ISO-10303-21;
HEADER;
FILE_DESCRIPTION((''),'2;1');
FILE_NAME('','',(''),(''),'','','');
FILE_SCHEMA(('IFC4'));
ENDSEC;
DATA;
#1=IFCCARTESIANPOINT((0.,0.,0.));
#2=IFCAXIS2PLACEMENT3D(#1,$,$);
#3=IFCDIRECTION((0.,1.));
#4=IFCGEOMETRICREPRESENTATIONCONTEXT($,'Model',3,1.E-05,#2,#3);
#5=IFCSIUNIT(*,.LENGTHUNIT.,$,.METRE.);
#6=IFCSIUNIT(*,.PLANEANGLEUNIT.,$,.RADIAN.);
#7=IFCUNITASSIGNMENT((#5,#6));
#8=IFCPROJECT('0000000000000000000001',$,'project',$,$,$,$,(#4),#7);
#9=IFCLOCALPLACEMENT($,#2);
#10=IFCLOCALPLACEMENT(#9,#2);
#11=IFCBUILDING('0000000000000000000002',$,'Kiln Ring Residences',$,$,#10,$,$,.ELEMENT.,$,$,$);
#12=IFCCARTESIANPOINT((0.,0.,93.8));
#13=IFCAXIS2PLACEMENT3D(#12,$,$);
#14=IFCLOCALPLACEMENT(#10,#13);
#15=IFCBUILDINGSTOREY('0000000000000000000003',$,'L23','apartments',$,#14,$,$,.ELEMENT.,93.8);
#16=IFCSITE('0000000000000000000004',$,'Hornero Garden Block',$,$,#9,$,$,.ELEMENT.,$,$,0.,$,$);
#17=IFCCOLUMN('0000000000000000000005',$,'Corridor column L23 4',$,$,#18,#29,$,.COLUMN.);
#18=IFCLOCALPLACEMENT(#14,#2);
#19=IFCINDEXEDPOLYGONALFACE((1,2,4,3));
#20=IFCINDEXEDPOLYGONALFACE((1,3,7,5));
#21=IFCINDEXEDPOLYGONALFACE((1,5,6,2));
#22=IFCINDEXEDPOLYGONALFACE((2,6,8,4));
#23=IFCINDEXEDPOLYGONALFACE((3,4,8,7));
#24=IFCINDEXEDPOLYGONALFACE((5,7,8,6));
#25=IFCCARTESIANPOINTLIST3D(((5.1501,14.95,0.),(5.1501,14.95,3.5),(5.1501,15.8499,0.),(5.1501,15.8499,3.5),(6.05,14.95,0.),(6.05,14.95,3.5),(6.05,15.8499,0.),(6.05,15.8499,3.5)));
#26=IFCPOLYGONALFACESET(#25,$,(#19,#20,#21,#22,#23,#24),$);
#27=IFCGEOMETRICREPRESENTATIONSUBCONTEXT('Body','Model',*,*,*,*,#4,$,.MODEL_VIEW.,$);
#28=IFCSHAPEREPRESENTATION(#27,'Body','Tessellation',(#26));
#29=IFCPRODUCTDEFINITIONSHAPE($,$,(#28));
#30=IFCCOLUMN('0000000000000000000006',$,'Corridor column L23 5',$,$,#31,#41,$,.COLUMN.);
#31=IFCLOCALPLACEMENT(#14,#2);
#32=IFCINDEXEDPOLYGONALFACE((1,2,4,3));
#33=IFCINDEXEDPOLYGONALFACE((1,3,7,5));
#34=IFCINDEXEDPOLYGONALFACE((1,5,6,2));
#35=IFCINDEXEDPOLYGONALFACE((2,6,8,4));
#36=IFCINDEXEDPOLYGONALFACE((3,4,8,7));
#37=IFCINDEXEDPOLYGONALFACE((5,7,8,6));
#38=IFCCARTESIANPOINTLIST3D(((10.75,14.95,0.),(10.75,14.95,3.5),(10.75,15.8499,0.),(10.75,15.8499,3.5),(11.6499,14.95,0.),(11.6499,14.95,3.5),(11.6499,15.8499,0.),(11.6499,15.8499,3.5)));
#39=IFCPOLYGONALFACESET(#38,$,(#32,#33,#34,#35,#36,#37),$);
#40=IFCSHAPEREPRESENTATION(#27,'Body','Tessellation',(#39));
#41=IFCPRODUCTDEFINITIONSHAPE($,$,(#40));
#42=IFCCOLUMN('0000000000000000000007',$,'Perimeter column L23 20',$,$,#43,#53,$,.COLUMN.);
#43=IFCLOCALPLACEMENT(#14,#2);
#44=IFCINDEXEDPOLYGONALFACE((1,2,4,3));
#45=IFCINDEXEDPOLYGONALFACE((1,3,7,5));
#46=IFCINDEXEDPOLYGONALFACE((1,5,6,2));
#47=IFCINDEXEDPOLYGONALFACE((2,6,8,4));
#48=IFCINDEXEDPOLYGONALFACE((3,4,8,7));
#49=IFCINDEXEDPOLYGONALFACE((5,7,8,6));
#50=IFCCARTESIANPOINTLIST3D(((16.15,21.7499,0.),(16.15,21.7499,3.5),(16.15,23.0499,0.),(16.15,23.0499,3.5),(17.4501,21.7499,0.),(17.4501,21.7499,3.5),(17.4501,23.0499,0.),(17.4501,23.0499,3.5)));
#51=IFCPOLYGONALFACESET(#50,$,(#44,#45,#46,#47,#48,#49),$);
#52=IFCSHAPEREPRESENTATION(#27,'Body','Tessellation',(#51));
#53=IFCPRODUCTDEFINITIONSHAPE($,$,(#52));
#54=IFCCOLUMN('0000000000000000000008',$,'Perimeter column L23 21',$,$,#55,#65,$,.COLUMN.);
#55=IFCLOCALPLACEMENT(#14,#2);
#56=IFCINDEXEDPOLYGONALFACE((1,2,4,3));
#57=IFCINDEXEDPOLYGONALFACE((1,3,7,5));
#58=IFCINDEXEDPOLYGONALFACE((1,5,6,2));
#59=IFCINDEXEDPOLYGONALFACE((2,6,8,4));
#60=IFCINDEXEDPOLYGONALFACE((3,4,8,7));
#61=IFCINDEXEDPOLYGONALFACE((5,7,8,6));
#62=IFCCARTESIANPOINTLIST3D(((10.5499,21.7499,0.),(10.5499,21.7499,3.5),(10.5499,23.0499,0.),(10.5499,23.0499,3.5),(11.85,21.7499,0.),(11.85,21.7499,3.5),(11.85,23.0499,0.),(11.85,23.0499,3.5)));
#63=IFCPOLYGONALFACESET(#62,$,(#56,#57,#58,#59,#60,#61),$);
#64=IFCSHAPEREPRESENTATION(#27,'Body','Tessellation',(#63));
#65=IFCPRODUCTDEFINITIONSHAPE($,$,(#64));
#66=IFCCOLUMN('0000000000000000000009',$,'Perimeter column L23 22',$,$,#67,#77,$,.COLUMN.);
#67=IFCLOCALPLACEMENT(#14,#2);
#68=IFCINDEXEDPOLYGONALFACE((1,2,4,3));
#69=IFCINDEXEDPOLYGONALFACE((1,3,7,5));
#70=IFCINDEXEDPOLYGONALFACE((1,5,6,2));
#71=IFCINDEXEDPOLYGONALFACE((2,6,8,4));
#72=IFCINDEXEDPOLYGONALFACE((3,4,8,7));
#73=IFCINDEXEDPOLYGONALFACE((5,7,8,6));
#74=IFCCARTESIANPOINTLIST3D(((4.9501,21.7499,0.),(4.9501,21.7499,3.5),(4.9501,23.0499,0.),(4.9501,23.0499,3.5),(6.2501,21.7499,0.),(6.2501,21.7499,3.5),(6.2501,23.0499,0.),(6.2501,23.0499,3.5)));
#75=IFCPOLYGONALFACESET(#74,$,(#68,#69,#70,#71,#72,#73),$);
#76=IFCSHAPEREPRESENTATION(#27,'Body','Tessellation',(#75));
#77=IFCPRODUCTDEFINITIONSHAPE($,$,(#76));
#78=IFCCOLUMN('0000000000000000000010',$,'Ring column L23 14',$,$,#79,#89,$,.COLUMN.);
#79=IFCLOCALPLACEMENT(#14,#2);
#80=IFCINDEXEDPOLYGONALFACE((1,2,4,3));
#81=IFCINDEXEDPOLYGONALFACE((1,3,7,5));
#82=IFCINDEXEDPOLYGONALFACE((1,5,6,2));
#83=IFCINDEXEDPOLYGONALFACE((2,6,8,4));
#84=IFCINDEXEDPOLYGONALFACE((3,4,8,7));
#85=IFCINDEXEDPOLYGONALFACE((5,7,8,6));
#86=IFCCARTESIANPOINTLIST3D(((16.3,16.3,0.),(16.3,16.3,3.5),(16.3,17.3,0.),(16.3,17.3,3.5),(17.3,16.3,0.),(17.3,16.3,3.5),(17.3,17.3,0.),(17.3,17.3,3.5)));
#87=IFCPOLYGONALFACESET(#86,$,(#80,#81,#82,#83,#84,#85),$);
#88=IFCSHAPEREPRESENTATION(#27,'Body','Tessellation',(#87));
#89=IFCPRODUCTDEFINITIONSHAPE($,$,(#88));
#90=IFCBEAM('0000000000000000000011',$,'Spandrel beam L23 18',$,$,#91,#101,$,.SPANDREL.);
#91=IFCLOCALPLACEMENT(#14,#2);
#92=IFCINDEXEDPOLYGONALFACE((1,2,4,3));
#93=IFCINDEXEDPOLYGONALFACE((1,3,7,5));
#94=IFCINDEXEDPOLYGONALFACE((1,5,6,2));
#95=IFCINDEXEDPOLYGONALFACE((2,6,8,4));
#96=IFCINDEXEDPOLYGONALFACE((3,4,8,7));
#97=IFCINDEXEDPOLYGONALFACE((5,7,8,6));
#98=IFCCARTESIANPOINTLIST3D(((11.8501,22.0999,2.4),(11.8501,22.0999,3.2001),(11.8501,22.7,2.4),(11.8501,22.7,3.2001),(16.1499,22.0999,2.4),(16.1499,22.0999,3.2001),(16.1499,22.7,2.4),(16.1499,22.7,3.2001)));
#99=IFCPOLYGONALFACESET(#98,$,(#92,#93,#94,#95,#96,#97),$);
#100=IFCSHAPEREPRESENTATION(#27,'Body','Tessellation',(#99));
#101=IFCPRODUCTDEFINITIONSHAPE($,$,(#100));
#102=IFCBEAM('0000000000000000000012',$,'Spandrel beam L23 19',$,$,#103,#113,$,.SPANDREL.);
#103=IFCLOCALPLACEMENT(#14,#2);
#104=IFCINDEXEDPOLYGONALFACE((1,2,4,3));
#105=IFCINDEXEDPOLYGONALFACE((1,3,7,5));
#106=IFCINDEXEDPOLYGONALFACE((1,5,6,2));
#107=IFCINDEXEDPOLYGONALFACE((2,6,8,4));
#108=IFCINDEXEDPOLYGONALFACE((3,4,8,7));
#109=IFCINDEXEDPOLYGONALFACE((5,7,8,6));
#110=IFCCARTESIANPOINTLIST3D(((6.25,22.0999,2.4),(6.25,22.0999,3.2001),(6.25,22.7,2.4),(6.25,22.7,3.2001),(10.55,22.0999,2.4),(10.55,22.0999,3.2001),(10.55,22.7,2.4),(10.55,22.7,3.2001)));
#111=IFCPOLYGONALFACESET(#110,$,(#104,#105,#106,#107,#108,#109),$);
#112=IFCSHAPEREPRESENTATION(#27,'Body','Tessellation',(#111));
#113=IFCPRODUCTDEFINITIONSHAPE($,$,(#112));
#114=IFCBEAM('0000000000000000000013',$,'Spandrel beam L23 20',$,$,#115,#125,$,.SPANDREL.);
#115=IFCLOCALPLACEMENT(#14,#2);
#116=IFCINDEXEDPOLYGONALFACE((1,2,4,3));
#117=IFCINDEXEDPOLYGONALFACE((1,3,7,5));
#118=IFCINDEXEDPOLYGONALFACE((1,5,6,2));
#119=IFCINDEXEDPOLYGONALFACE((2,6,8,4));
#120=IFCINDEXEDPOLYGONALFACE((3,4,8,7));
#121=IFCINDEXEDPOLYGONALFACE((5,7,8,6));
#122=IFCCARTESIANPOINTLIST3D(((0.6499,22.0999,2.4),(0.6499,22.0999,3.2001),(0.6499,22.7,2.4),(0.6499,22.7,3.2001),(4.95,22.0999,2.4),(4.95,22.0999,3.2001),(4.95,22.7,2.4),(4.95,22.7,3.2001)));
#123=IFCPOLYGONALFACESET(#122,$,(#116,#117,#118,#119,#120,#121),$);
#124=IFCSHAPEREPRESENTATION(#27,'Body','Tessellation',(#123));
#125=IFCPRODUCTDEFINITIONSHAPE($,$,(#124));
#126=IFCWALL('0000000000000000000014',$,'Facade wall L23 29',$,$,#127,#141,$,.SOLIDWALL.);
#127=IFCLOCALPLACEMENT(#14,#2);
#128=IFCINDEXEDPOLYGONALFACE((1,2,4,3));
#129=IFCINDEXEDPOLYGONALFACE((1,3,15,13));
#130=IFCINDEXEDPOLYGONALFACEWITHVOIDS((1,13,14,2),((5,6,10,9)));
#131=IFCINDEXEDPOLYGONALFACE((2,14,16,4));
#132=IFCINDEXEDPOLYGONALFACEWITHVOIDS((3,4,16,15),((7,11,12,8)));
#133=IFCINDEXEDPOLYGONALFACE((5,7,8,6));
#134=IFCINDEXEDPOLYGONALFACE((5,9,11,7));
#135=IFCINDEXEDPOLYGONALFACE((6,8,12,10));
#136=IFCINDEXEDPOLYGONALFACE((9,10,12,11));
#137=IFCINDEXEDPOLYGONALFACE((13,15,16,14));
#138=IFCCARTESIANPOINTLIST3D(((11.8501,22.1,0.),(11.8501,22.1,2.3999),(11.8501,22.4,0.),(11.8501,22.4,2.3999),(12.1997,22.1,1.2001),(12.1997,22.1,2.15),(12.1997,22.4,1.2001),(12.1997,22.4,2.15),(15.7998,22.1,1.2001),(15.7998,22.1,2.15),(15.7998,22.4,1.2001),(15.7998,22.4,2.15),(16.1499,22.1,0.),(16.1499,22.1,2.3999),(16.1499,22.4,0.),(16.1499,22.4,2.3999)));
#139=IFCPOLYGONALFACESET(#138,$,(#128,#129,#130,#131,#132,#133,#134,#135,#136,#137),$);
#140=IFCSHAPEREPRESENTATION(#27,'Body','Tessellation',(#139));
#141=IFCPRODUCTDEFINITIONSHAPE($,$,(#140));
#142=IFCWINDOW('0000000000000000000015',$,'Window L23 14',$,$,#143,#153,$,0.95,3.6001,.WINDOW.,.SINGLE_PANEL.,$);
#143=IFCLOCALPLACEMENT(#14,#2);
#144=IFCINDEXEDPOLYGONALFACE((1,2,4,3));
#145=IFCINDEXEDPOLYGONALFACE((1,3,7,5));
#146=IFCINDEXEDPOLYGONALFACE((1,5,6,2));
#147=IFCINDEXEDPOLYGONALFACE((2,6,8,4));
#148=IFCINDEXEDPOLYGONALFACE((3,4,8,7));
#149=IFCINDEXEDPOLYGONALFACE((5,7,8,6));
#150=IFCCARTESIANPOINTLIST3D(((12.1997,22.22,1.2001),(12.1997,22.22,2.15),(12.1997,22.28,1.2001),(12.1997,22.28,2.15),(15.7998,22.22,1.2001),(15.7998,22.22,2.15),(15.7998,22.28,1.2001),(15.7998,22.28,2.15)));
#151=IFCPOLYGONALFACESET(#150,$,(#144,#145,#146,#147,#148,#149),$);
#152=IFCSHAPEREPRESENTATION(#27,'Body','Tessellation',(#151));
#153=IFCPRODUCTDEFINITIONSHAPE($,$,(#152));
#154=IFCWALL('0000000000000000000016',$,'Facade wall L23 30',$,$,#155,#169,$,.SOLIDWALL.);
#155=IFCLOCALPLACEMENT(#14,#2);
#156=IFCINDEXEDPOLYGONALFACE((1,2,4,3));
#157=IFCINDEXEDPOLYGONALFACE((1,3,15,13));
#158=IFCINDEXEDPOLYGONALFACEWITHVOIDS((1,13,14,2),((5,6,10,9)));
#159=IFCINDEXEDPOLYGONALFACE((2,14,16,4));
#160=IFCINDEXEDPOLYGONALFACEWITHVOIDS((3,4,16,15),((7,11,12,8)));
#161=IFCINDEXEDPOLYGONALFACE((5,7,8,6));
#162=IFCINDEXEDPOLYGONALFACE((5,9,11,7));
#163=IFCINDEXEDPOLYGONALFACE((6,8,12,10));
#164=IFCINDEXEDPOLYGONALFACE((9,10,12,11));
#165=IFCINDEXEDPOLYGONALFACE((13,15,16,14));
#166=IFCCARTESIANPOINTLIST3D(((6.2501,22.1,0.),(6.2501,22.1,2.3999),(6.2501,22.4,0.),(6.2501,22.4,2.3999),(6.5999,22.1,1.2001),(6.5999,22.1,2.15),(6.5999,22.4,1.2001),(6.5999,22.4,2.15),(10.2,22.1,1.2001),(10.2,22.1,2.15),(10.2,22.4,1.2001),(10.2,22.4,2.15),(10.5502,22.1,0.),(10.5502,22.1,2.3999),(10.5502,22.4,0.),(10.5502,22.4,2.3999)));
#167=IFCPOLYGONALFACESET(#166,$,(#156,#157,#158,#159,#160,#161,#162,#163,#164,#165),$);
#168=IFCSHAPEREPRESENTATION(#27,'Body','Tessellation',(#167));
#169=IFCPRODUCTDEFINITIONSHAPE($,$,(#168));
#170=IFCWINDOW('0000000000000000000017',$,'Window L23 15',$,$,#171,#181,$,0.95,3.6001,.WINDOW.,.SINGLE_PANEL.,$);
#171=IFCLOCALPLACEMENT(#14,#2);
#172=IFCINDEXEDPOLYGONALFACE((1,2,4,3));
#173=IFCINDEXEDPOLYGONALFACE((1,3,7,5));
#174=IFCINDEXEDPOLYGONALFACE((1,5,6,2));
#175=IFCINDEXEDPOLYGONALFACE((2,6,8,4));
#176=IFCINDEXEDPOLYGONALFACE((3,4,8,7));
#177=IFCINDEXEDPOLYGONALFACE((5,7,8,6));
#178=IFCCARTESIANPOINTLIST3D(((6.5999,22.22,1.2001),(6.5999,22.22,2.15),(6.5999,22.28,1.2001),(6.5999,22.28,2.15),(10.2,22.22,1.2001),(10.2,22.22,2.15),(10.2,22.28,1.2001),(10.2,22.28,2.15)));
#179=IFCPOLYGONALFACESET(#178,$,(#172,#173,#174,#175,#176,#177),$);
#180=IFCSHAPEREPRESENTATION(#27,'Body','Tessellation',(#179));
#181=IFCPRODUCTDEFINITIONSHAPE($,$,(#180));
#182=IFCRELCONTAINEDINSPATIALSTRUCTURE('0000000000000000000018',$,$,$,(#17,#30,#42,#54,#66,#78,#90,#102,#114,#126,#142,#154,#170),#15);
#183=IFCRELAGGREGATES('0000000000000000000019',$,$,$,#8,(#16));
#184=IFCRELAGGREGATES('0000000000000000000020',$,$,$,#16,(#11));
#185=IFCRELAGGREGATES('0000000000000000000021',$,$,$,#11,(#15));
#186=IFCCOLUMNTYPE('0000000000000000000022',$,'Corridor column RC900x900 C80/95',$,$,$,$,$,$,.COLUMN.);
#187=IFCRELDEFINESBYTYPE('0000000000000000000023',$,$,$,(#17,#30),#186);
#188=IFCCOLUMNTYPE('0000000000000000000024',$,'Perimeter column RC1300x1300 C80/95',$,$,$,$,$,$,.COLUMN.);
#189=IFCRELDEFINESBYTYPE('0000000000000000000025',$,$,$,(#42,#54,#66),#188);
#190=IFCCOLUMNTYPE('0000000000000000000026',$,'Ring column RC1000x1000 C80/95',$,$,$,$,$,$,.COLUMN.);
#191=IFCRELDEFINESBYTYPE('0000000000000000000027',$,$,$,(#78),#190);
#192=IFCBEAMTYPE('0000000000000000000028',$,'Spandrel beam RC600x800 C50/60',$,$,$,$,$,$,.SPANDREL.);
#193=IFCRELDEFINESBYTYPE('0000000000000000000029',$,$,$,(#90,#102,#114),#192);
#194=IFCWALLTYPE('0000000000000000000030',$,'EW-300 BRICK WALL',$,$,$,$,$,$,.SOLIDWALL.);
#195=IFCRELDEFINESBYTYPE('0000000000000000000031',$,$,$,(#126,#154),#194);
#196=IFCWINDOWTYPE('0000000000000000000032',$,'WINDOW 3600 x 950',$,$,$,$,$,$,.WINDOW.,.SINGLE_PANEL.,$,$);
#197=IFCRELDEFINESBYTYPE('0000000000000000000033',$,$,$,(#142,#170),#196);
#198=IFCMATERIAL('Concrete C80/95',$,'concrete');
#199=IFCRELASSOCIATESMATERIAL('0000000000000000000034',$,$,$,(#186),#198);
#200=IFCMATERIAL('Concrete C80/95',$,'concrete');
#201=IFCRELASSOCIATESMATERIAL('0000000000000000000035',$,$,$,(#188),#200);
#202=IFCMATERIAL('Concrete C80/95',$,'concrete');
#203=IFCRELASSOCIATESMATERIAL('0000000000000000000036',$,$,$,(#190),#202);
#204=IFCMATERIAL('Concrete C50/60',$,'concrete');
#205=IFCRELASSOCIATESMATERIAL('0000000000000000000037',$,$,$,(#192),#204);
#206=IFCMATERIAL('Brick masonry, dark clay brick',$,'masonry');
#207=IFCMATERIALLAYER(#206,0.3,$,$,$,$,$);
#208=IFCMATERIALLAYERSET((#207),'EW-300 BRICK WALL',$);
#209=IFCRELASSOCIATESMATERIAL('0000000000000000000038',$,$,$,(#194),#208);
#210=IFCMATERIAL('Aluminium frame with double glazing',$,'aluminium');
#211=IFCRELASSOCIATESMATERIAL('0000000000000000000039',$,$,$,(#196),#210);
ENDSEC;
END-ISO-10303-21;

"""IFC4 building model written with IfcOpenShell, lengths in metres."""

from ifc_helpers import new_model, si_unit, direction, frame, frame_2d, origin, origin_2d, place, context, subcontext, project, spatial, rectangle, extrude, material, layer, layer_set, material_profile, profile_set, type_object, element, fill, save


model = new_model("IFC4")

# Units and contexts
model_context = context("Model", 3, precision=1e-05, world=origin(), true_north=direction((0.0, 1.0)))
body_context = subcontext(model_context, "Body", "Model", "MODEL_VIEW")
ifc_project = project(units=[si_unit("LENGTHUNIT", "METRE"), si_unit("PLANEANGLEUNIT", "RADIAN")], contexts=[model_context])

# Site, building, storey
site_placement = place(None, origin())
site = spatial("IfcSite", under=ifc_project, at=site_placement, Name="Hornero Garden Block", CompositionType="ELEMENT", RefElevation=0.0)
building_placement = place(site_placement, origin())
building = spatial("IfcBuilding", under=site, at=building_placement, Name="Kiln Ring Residences", CompositionType="ELEMENT")
storey_placement = place(building_placement, frame((0.0, 0.0, 93.8)))
storey = spatial("IfcBuildingStorey", under=building, at=storey_placement, Name="L23", Description="apartments", CompositionType="ELEMENT", Elevation=93.8)

# Columns
ifc_material_1 = material(Name="Concrete C80/95", Category="concrete")
ifc_material_profile_1 = material_profile(ifc_material_1, rectangle(XDim=0.8999, YDim=0.8999, at=origin_2d()), Name="RC900x900")
ifc_profile_set_1 = profile_set([ifc_material_profile_1], Name="Concrete C80/95")
column_type_1 = type_object("IfcColumnType", Name="Corridor column RC900x900 C80/95", PredefinedType="COLUMN", material=ifc_profile_set_1)
for number, where, z_axis, x_axis, name in (
    (1, (5.6001, 15.3999, 0.0), (0.0, 0.0, 1.0), (1.0, 0.0, 0.0), "Corridor column L23 4"),
    (2, (11.2, 15.3999, 0.0), (0.0, 0.0, 1.0), (1.0, 0.0, 0.0), "Corridor column L23 5"),
):
    element("IfcColumn", number, at=place(storey_placement, frame(where, z_axis=z_axis, x_axis=x_axis)), inside=storey, type_object=column_type_1, Name=name, PredefinedType="COLUMN", context=body_context, shape_type="SweptSolid", body=[
        extrude(rectangle(XDim=0.8999, YDim=0.8999, at=origin_2d()), origin(), (0.0, 0.0, 1.0), 3.5),
    ])
ifc_material_2 = material(Name="Concrete C80/95", Category="concrete")
ifc_material_profile_2 = material_profile(ifc_material_2, rectangle(XDim=1.3, YDim=1.3, at=origin_2d()), Name="RC1300x1300")
ifc_profile_set_2 = profile_set([ifc_material_profile_2], Name="Concrete C80/95")
column_type_2 = type_object("IfcColumnType", Name="Perimeter column RC1300x1300 C80/95", PredefinedType="COLUMN", material=ifc_profile_set_2)
for number, where, z_axis, x_axis, name in (
    (3, (16.8, 22.3999, 0.0), (0.0, 0.0, 1.0), (1.0, 0.0, 0.0), "Perimeter column L23 20"),
    (4, (11.2, 22.3999, 0.0), (0.0, 0.0, 1.0), (1.0, 0.0, 0.0), "Perimeter column L23 21"),
    (5, (5.6001, 22.3999, 0.0), (0.0, 0.0, 1.0), (1.0, 0.0, 0.0), "Perimeter column L23 22"),
):
    element("IfcColumn", number, at=place(storey_placement, frame(where, z_axis=z_axis, x_axis=x_axis)), inside=storey, type_object=column_type_2, Name=name, PredefinedType="COLUMN", context=body_context, shape_type="SweptSolid", body=[
        extrude(rectangle(XDim=1.3, YDim=1.3, at=origin_2d()), origin(), (0.0, 0.0, 1.0), 3.5),
    ])
ifc_material_3 = material(Name="Concrete C80/95", Category="concrete")
ifc_material_profile_3 = material_profile(ifc_material_3, rectangle(XDim=1.0, YDim=1.0, at=origin_2d()), Name="RC1000x1000")
ifc_profile_set_3 = profile_set([ifc_material_profile_3], Name="Concrete C80/95")
column_type_3 = type_object("IfcColumnType", Name="Ring column RC1000x1000 C80/95", PredefinedType="COLUMN", material=ifc_profile_set_3)
column_placement = place(storey_placement, frame((16.8, 16.8, 0.0), z_axis=(0.0, 0.0, 1.0), x_axis=(1.0, 0.0, 0.0)))
element("IfcColumn", 6, at=column_placement, inside=storey, type_object=column_type_3, Name="Ring column L23 14", PredefinedType="COLUMN", context=body_context, shape_type="SweptSolid", body=[
    extrude(rectangle(XDim=1.0, YDim=1.0, at=origin_2d()), origin(), (0.0, 0.0, 1.0), 3.5),
])

# Beams
ifc_material_4 = material(Name="Concrete C50/60", Category="concrete")
ifc_material_profile_4 = material_profile(ifc_material_4, rectangle(XDim=0.6001, YDim=0.8, at=origin_2d()), Name="RC600x800")
ifc_profile_set_4 = profile_set([ifc_material_profile_4], Name="Concrete C50/60")
beam_type = type_object("IfcBeamType", Name="Spandrel beam RC600x800 C50/60", PredefinedType="SPANDREL", material=ifc_profile_set_4)
beam_placement = place(storey_placement, frame((16.1499, 22.3999, 2.8), z_axis=(-1.0, 0.0, 0.0), x_axis=(0.0, -1.0, 0.0)))
element("IfcBeam", 7, at=beam_placement, inside=storey, type_object=beam_type, Name="Spandrel beam L23 18", PredefinedType="SPANDREL", context=body_context, shape_type="SweptSolid", body=[
    extrude(rectangle(XDim=0.6001, YDim=0.8, at=origin_2d()), origin(), (0.0, 0.0, 1.0), 4.2998),
])
for number, where, z_axis, x_axis, name in (
    (8, (10.55, 22.3999, 2.8), (-1.0, 0.0, 0.0), (0.0, -1.0, 0.0), "Spandrel beam L23 19"),
    (9, (4.95, 22.3999, 2.8), (-1.0, 0.0, 0.0), (0.0, -1.0, 0.0), "Spandrel beam L23 20"),
):
    element("IfcBeam", number, at=place(storey_placement, frame(where, z_axis=z_axis, x_axis=x_axis)), inside=storey, type_object=beam_type, Name=name, PredefinedType="SPANDREL", context=body_context, shape_type="SweptSolid", body=[
        extrude(rectangle(XDim=0.6001, YDim=0.8, at=origin_2d()), origin(), (0.0, 0.0, 1.0), 4.3),
    ])

# Walls, openings, windows
ifc_material_5 = material(Name="Brick masonry, dark clay brick", Category="masonry")
ifc_layer_1 = layer(ifc_material_5, 0.3)
ifc_layer_set_1 = layer_set([ifc_layer_1], Name="EW-300 BRICK WALL")
wall_type_1 = type_object("IfcWallType", Name="EW-300 BRICK WALL", PredefinedType="SOLIDWALL", material=ifc_layer_set_1)
wall_1_placement = place(storey_placement, frame((16.1499, 22.25, 0.0), z_axis=(0.0, 0.0, 1.0), x_axis=(-1.0, 0.0, 0.0)))
wall_1 = element("IfcWall", 10, at=wall_1_placement, inside=storey, type_object=wall_type_1, Name="Facade wall L23 29", PredefinedType="SOLIDWALL", context=body_context, shape_type="SweptSolid", body=[
    extrude(rectangle(XDim=4.2998, YDim=0.3, at=frame_2d((2.1499, 0.0))), origin(), (0.0, 0.0, 1.0), 2.3999),
])
opening_1_placement = place(wall_1_placement, frame((0.3501, 0.0, 1.2)))
opening_1 = element("IfcOpeningElement", 11, at=opening_1_placement, cuts=wall_1, PredefinedType="OPENING", context=body_context, shape_type="SweptSolid", body=[
    extrude(rectangle(XDim=3.6001, YDim=0.95, at=frame_2d((1.8, 0.4751))), frame((0.0, 0.1599, 0.0), z_axis=(0.0, -1.0, 0.0), x_axis=(1.0, 0.0, 0.0)), (0.0, 0.0, 1.0), 0.3201),
])
ifc_material_6 = material(Name="Aluminium frame with double glazing", Category="aluminium")
window_type = type_object("IfcWindowType", Name="WINDOW 3600 x 950", PartitioningType="SINGLE_PANEL", PredefinedType="WINDOW", material=ifc_material_6)
window_1_placement = place(opening_1_placement, origin())
window_1 = element("IfcWindow", 12, at=window_1_placement, inside=storey, type_object=window_type, Name="Window L23 14", OverallHeight=0.95, OverallWidth=3.6001, PartitioningType="SINGLE_PANEL", PredefinedType="WINDOW", context=body_context, shape_type="SweptSolid", body=[
    extrude(rectangle(XDim=3.6001, YDim=0.95, at=frame_2d((1.8, 0.4751))), frame((0.0, 0.03, 0.0), z_axis=(0.0, -1.0, 0.0), x_axis=(1.0, 0.0, 0.0)), (0.0, 0.0, 1.0), 0.0601),
])
fill(opening_1, window_1)
wall_2_placement = place(storey_placement, frame((10.55, 22.25, 0.0), z_axis=(0.0, 0.0, 1.0), x_axis=(-1.0, 0.0, 0.0)))
wall_2 = element("IfcWall", 13, at=wall_2_placement, inside=storey, type_object=wall_type_1, Name="Facade wall L23 30", PredefinedType="SOLIDWALL", context=body_context, shape_type="SweptSolid", body=[
    extrude(rectangle(XDim=4.3, YDim=0.3, at=frame_2d((2.1499, 0.0))), origin(), (0.0, 0.0, 1.0), 2.3999),
])
opening_2_placement = place(wall_2_placement, frame((0.3501, 0.0, 1.2)))
opening_2 = element("IfcOpeningElement", 14, at=opening_2_placement, cuts=wall_2, PredefinedType="OPENING", context=body_context, shape_type="SweptSolid", body=[
    extrude(rectangle(XDim=3.6001, YDim=0.95, at=frame_2d((1.8, 0.4751))), frame((0.0, 0.1599, 0.0), z_axis=(0.0, -1.0, 0.0), x_axis=(1.0, 0.0, 0.0)), (0.0, 0.0, 1.0), 0.3201),
])
window_2_placement = place(opening_2_placement, origin())
window_2 = element("IfcWindow", 15, at=window_2_placement, inside=storey, type_object=window_type, Name="Window L23 15", OverallHeight=0.95, OverallWidth=3.6001, PartitioningType="SINGLE_PANEL", PredefinedType="WINDOW", context=body_context, shape_type="SweptSolid", body=[
    extrude(rectangle(XDim=3.6001, YDim=0.95, at=frame_2d((1.8, 0.4751))), frame((0.0, 0.03, 0.0), z_axis=(0.0, -1.0, 0.0), x_axis=(1.0, 0.0, 0.0)), (0.0, 0.0, 1.0), 0.0601),
])
fill(opening_2, window_2)

save(model, "model.ifc")
